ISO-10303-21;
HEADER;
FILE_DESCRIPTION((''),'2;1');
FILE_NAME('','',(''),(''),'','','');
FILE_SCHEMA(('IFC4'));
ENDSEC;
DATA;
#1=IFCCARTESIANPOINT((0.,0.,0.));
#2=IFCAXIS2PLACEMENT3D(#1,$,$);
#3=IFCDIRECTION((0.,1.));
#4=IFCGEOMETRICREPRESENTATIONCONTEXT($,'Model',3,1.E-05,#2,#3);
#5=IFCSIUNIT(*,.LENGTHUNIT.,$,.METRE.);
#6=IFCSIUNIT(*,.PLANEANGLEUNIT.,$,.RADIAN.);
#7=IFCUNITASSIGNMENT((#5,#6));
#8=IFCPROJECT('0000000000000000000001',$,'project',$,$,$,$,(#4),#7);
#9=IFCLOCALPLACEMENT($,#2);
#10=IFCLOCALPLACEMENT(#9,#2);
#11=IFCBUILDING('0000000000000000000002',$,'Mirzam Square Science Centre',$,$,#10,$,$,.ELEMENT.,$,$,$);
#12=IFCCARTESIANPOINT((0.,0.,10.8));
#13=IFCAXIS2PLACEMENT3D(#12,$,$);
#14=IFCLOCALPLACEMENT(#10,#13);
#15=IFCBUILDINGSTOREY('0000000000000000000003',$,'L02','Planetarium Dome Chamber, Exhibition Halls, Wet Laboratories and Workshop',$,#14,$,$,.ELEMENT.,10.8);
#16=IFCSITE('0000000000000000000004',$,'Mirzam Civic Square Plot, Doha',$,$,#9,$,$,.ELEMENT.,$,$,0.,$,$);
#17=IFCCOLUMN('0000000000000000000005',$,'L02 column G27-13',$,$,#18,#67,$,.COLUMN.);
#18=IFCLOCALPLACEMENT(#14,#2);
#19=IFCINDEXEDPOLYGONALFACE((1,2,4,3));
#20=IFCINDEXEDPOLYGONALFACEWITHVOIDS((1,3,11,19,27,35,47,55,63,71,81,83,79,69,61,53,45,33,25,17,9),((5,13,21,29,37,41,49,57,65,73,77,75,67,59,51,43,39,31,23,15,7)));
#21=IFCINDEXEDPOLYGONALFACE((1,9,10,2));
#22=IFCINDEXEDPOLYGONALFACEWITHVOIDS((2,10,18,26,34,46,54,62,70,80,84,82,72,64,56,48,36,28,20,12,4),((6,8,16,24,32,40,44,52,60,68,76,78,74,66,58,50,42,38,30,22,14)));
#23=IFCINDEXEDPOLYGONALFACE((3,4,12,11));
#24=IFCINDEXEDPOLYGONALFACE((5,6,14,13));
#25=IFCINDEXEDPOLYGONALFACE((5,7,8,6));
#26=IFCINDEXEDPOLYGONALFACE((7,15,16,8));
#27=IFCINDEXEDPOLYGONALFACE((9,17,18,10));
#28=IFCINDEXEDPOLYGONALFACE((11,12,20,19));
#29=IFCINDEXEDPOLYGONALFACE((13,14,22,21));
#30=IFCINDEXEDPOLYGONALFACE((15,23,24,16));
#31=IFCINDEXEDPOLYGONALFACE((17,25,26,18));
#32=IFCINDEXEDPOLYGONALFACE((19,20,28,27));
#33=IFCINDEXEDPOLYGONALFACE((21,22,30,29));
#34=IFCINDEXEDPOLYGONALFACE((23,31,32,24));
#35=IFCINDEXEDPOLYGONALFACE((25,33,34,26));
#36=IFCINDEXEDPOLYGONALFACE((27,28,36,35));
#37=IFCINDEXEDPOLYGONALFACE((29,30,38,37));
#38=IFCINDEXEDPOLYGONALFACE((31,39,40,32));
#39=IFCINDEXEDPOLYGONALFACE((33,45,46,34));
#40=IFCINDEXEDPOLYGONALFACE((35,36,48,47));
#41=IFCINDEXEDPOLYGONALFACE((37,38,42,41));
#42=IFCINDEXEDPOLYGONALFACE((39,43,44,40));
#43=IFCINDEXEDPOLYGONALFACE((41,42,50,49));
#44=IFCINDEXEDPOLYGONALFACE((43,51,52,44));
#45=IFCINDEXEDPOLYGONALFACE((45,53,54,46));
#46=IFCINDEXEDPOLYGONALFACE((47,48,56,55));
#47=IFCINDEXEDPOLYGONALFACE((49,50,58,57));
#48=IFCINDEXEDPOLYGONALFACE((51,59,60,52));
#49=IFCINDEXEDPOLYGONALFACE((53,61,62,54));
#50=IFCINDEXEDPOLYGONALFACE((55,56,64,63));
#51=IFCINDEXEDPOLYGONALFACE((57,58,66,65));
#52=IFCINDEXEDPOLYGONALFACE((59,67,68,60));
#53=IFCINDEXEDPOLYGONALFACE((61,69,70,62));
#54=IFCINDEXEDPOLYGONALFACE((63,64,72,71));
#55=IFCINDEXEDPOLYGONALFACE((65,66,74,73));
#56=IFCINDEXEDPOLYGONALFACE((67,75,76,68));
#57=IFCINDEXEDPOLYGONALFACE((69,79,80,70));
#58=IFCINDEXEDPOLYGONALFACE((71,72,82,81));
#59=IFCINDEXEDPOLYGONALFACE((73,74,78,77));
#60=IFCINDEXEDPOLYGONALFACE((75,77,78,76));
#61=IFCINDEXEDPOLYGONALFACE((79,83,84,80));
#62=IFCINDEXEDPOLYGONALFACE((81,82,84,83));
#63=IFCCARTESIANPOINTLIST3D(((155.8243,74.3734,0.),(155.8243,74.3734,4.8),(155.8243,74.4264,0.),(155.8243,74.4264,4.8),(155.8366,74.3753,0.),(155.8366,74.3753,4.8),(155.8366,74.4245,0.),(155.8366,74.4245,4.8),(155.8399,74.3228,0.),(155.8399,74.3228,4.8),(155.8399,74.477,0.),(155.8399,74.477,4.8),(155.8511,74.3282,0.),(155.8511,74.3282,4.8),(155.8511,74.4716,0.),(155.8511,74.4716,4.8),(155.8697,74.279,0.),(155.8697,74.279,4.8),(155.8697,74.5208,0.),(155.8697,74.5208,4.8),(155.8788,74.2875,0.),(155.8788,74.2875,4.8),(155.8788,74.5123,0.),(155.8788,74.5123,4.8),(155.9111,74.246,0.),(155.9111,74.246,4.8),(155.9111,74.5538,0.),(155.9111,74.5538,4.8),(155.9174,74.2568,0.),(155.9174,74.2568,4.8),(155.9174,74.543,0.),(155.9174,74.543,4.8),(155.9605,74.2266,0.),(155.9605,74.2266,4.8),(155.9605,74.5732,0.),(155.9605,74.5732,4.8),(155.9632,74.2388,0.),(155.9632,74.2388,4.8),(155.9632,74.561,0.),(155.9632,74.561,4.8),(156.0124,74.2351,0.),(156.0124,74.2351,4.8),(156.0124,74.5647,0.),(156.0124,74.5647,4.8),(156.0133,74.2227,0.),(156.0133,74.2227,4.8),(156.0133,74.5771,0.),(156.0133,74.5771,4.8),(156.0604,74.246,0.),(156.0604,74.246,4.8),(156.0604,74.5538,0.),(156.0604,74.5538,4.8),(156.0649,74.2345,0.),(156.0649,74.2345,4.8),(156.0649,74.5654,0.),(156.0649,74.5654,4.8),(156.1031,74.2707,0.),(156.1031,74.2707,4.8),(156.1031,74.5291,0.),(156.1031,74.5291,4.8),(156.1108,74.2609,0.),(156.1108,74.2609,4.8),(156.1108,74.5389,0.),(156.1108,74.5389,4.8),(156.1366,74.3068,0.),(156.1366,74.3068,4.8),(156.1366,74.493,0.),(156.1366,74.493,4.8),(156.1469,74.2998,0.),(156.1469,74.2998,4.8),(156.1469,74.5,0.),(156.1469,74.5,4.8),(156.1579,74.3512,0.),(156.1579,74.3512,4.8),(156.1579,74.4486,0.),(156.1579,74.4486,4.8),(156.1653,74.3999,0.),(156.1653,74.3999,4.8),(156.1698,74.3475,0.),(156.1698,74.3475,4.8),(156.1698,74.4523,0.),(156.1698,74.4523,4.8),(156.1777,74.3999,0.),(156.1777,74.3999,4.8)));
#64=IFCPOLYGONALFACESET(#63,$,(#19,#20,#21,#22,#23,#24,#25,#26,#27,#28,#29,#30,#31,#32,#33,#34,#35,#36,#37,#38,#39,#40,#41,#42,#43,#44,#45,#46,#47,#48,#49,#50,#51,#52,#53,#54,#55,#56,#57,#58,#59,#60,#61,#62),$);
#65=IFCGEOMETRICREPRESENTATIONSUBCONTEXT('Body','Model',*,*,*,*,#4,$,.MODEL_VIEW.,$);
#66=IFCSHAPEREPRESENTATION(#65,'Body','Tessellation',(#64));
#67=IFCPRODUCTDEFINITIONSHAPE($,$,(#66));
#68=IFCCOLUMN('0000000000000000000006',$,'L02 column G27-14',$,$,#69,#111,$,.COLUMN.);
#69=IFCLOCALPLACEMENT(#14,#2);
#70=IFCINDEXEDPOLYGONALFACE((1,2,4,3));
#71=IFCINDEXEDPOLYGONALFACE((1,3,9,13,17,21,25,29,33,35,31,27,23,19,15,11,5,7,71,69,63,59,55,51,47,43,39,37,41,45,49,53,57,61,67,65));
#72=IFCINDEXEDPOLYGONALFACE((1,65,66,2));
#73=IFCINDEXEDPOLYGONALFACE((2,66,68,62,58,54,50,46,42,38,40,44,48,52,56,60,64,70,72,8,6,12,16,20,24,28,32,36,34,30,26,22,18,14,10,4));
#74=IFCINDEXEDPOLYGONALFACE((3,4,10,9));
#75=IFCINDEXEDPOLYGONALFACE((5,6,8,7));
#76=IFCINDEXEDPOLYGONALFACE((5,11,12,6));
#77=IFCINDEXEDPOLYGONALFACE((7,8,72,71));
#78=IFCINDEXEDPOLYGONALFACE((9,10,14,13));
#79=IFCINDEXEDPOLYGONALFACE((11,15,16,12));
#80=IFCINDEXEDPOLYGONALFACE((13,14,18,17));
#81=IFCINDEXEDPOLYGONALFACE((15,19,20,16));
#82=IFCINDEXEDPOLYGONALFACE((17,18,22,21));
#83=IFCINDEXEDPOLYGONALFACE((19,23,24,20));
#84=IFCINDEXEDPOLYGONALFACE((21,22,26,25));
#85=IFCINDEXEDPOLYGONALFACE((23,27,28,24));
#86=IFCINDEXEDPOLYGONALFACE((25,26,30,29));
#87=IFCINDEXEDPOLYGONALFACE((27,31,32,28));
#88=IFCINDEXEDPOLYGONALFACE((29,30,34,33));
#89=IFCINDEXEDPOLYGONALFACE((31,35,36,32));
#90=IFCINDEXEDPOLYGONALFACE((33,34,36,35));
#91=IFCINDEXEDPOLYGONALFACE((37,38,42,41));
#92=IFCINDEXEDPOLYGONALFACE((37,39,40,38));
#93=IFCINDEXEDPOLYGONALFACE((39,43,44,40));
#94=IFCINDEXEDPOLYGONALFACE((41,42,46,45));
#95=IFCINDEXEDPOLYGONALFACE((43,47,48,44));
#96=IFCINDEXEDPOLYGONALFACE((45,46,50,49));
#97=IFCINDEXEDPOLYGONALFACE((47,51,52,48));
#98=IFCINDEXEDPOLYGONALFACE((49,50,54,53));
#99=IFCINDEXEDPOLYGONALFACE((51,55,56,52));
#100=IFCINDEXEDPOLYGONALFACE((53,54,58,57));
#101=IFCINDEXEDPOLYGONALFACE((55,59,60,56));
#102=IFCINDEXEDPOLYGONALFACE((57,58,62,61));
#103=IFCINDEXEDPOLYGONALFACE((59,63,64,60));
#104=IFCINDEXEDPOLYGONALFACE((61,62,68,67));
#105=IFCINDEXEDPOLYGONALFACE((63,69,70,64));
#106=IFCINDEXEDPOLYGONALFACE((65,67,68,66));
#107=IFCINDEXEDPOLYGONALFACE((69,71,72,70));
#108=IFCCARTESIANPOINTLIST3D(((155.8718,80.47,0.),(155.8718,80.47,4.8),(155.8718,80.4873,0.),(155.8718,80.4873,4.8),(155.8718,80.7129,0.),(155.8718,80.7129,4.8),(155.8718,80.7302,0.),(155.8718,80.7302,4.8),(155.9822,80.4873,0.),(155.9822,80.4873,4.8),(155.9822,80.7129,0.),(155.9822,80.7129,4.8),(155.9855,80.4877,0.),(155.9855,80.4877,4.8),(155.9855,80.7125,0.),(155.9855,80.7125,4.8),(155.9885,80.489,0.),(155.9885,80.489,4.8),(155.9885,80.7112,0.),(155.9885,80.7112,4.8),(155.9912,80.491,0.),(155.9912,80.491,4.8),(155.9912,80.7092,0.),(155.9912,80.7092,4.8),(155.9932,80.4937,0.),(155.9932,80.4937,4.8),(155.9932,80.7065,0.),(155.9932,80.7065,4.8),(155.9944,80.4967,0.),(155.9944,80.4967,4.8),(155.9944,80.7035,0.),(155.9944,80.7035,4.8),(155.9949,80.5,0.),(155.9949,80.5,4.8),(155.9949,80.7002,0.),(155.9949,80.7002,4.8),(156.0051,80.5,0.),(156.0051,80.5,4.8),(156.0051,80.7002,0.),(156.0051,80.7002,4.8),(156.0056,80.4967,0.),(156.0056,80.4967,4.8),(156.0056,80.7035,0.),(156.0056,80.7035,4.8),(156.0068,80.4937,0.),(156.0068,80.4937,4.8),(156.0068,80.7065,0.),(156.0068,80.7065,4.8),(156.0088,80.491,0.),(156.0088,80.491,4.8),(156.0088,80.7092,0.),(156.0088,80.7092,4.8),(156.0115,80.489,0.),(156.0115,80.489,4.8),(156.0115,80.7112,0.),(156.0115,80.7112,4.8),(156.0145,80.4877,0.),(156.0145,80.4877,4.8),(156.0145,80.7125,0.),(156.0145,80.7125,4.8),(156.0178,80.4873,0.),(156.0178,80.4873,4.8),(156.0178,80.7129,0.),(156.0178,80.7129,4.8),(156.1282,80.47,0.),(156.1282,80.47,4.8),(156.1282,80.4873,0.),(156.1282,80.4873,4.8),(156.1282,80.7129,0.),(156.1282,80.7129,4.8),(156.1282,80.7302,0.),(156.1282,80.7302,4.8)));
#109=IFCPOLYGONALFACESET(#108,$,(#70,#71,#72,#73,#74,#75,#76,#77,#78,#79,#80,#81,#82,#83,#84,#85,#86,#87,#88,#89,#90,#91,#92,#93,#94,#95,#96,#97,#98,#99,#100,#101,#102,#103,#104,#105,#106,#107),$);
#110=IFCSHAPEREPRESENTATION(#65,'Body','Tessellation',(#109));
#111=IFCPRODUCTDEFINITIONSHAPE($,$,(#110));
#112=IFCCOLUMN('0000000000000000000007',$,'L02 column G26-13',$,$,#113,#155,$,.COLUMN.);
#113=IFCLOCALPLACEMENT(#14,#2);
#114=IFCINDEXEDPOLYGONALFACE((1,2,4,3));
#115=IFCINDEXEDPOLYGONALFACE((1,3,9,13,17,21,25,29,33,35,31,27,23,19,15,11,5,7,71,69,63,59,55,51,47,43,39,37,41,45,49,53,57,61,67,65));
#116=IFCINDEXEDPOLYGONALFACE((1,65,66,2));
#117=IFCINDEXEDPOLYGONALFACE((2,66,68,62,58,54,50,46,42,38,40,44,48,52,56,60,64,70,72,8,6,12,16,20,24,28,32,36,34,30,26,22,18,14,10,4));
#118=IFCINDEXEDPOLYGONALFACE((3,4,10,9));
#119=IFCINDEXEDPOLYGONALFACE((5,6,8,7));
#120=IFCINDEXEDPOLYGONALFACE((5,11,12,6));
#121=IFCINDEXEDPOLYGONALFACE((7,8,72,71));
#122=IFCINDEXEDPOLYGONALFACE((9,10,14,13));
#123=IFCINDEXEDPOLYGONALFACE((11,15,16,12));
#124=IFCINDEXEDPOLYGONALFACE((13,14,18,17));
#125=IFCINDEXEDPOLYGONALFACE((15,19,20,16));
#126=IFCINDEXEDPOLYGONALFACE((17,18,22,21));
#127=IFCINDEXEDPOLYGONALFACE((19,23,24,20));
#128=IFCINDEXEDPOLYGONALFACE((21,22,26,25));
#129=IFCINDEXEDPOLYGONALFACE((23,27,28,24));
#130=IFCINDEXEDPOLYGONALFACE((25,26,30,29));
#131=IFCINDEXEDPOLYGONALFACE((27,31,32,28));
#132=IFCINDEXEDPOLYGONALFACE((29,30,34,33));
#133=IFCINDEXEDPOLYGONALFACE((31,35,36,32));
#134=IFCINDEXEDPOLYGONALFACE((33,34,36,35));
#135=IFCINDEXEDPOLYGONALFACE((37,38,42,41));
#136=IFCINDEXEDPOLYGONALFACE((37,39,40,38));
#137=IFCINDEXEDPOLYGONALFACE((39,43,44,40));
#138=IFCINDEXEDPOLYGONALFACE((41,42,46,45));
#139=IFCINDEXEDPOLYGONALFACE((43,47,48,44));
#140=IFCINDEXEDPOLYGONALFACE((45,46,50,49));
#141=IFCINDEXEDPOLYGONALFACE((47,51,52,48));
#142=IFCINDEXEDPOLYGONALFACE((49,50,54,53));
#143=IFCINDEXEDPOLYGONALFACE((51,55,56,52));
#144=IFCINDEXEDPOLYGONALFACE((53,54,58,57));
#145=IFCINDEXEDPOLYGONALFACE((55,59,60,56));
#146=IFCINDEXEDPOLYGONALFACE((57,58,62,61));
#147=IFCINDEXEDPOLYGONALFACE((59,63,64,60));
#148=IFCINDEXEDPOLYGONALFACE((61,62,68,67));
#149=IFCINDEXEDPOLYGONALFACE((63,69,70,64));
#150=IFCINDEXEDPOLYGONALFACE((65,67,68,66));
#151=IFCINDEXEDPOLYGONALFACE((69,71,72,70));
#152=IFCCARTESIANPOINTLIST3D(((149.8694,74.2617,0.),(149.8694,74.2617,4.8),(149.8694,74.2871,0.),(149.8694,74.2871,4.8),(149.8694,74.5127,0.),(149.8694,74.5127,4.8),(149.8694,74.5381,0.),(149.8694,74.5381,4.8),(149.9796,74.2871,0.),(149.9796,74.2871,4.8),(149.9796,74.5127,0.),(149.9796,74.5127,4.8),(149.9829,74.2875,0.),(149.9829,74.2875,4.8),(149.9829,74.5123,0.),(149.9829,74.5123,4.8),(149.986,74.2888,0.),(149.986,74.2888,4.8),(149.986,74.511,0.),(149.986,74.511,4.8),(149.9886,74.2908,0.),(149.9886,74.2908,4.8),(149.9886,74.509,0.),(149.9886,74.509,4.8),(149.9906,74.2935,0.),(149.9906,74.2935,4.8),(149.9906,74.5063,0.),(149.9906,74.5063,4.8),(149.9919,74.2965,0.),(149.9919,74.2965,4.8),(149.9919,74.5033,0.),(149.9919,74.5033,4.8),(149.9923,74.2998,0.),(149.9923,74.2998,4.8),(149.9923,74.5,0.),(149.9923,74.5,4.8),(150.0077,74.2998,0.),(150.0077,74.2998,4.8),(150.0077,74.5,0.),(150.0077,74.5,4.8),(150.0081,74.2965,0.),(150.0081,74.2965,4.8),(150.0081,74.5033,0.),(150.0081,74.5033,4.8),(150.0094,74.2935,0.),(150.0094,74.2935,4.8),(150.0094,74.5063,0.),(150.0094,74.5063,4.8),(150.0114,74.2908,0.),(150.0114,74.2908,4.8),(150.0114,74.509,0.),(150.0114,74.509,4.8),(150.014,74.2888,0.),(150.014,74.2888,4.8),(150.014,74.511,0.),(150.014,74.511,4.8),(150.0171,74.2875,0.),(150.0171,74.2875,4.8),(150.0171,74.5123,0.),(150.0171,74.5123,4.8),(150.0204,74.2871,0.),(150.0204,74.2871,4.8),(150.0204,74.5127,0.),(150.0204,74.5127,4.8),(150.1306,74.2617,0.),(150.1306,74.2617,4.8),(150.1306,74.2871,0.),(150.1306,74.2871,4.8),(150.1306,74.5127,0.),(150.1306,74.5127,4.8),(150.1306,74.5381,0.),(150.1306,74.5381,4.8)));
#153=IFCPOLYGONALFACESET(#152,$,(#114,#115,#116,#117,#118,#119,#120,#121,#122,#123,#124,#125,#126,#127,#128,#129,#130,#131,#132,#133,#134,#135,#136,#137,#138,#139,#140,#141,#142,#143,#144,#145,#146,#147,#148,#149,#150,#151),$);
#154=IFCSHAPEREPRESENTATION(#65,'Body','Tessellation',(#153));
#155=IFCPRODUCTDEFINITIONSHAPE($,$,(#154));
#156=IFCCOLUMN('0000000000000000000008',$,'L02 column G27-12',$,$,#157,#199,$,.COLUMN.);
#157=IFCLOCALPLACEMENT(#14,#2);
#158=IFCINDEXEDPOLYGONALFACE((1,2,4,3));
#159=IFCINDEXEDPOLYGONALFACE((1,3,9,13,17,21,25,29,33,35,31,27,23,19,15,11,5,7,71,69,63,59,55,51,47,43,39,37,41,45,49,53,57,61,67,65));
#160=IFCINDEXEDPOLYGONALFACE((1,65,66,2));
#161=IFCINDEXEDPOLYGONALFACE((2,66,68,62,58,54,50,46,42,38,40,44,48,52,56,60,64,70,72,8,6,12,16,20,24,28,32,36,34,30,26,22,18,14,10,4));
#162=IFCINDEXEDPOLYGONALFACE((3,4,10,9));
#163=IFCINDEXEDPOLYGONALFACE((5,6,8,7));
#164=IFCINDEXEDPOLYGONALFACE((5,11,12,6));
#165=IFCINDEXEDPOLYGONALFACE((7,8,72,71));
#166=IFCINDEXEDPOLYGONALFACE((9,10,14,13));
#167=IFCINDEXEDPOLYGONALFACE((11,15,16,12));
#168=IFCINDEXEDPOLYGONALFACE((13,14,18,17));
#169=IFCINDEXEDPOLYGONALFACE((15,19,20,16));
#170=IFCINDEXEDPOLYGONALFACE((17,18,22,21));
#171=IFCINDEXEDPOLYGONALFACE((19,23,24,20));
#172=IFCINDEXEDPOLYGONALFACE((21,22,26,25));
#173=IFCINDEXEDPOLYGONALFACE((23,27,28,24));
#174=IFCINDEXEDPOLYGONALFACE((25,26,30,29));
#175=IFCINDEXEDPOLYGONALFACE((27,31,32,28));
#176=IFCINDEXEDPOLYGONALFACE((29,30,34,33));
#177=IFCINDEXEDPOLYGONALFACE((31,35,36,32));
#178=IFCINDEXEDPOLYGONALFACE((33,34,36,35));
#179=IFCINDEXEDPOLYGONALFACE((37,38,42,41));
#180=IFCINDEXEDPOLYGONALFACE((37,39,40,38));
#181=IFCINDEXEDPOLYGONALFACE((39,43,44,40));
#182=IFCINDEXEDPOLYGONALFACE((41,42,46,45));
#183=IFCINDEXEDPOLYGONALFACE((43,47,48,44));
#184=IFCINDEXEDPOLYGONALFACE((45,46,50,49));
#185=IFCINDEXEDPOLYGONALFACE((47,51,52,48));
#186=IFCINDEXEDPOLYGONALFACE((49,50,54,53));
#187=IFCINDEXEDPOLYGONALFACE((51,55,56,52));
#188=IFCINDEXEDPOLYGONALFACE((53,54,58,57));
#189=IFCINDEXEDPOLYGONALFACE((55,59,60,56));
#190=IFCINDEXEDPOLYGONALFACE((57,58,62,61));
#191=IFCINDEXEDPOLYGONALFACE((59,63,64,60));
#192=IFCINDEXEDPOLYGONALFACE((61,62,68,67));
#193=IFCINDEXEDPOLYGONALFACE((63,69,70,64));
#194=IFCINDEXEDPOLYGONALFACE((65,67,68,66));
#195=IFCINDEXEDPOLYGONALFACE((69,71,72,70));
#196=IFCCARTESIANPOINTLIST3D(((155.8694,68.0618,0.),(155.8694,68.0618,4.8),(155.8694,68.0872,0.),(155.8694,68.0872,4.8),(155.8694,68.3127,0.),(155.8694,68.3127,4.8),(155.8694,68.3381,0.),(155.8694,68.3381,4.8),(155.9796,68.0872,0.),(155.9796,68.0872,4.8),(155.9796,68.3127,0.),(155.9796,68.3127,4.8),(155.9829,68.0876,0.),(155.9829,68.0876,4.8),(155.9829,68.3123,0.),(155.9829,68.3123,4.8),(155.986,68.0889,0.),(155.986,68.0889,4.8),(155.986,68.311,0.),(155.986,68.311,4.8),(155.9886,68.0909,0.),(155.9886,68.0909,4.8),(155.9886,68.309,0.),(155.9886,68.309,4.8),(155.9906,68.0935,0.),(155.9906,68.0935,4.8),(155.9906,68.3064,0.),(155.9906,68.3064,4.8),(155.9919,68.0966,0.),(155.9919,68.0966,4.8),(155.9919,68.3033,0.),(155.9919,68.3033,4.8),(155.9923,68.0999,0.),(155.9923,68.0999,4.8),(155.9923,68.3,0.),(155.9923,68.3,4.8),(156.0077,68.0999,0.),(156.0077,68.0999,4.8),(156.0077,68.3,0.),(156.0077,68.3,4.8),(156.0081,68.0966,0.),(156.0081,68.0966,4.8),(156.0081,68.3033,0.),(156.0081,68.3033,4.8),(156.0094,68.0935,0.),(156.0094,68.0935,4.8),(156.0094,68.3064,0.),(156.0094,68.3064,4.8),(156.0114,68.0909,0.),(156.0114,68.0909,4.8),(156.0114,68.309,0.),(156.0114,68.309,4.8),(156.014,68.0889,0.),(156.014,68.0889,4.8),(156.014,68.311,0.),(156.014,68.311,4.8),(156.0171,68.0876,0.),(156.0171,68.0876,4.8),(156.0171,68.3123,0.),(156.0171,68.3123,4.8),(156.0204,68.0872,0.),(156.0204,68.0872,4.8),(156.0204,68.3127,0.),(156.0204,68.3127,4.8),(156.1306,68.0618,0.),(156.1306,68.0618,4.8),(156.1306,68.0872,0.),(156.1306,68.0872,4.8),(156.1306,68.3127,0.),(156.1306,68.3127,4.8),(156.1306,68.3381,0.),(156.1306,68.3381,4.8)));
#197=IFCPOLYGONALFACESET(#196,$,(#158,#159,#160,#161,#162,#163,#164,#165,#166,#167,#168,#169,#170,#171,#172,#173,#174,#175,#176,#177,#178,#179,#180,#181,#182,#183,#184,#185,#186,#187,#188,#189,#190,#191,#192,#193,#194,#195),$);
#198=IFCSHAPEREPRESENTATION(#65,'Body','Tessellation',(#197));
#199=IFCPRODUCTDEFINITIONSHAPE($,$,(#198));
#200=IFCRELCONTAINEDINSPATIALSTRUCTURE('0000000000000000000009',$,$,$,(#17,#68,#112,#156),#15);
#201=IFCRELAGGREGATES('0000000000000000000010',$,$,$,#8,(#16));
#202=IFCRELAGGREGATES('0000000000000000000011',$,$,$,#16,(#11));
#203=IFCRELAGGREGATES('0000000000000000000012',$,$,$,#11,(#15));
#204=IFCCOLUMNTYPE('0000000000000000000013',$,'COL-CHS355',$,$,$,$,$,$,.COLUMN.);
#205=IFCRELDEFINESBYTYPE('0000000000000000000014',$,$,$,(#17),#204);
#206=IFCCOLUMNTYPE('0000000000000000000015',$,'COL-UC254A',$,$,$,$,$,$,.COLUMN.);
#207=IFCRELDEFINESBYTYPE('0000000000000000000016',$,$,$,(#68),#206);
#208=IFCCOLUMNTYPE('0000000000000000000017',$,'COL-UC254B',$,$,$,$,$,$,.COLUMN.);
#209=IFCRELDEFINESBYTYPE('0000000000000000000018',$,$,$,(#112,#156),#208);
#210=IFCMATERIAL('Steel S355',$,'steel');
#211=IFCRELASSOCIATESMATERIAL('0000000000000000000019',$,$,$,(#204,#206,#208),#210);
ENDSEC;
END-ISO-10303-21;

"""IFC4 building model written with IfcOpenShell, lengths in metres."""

from ifc_helpers import new_model, si_unit, direction, frame, origin, origin_2d, place, context, subcontext, project, spatial, hollow_circle, i_section, extrude, material, material_profile, profile_set, type_object, element, save


model = new_model("IFC4")

# Units and contexts
model_context = context("Model", 3, precision=1e-05, world=origin(), true_north=direction((0.0, 1.0)))
body_context = subcontext(model_context, "Body", "Model", "MODEL_VIEW")
ifc_project = project(units=[si_unit("LENGTHUNIT", "METRE"), si_unit("PLANEANGLEUNIT", "RADIAN")], contexts=[model_context])

# Site, building, storey
site_placement = place(None, origin())
site = spatial("IfcSite", under=ifc_project, at=site_placement, Name="Mirzam Civic Square Plot, Doha", CompositionType="ELEMENT", RefElevation=0.0)
building_placement = place(site_placement, origin())
building = spatial("IfcBuilding", under=site, at=building_placement, Name="Mirzam Square Science Centre", CompositionType="ELEMENT")
storey_placement = place(building_placement, frame((0.0, 0.0, 10.8)))
storey = spatial("IfcBuildingStorey", under=building, at=storey_placement, Name="L02", Description="Planetarium Dome Chamber, Exhibition Halls, Wet Laboratories and Workshop", CompositionType="ELEMENT", Elevation=10.8)

# Columns
ifc_material_1 = material(Name="Steel S355", Category="steel")
ifc_material_profile_1 = material_profile(ifc_material_1, hollow_circle(Radius=0.1777, WallThickness=0.0125, at=origin_2d()), Name="355.6x12.5CHS")
ifc_profile_set_1 = profile_set([ifc_material_profile_1], Name="Steel S355")
column_type_1 = type_object("IfcColumnType", Name="COL-CHS355", PredefinedType="COLUMN", material=ifc_profile_set_1)
for number, where, z_axis, x_axis, name in (
    (1, (156.0, 74.3999, 0.0), (0.0, 0.0, 1.0), (1.0, 0.0, 0.0), "L02 column G27-13"),
):
    element("IfcColumn", number, at=place(storey_placement, frame(where, z_axis=z_axis, x_axis=x_axis)), inside=storey, type_object=column_type_1, Name=name, PredefinedType="COLUMN", context=body_context, shape_type="SweptSolid", body=[
        extrude(hollow_circle(Radius=0.1777, WallThickness=0.0125, at=origin_2d()), origin(), (0.0, 0.0, 1.0), 4.8),
    ])
ifc_material_profile_2 = material_profile(ifc_material_1, i_section(OverallWidth=0.2563, OverallDepth=0.2603, WebThickness=0.0103, FlangeThickness=0.0173, FilletRadius=0.0127, at=origin_2d()), Name="254x254x89UC")
ifc_profile_set_2 = profile_set([ifc_material_profile_2], Name="Steel S355")
column_type_2 = type_object("IfcColumnType", Name="COL-UC254A", PredefinedType="COLUMN", material=ifc_profile_set_2)
column_1_placement = place(storey_placement, frame((156.0, 80.6001, 0.0), z_axis=(0.0, 0.0, 1.0), x_axis=(1.0, 0.0, 0.0)))
element("IfcColumn", 2, at=column_1_placement, inside=storey, type_object=column_type_2, Name="L02 column G27-14", PredefinedType="COLUMN", context=body_context, shape_type="SweptSolid", body=[
    extrude(i_section(OverallWidth=0.2563, OverallDepth=0.2603, WebThickness=0.0103, FlangeThickness=0.0173, FilletRadius=0.0127, at=origin_2d()), origin(), (0.0, 0.0, 1.0), 4.8),
])
ifc_material_profile_3 = material_profile(ifc_material_1, i_section(OverallWidth=0.2612, OverallDepth=0.2764, WebThickness=0.0154, FlangeThickness=0.0254, FilletRadius=0.0127, at=origin_2d()), Name="254x254x132UC")
ifc_profile_set_3 = profile_set([ifc_material_profile_3], Name="Steel S355")
column_type_3 = type_object("IfcColumnType", Name="COL-UC254B", PredefinedType="COLUMN", material=ifc_profile_set_3)
for number, where, z_axis, x_axis, name in (
    (3, (150.0, 74.3999, 0.0), (0.0, 0.0, 1.0), (1.0, 0.0, 0.0), "L02 column G26-13"),
    (4, (156.0, 68.2, 0.0), (0.0, 0.0, 1.0), (1.0, 0.0, 0.0), "L02 column G27-12"),
):
    element("IfcColumn", number, at=place(storey_placement, frame(where, z_axis=z_axis, x_axis=x_axis)), inside=storey, type_object=column_type_3, Name=name, PredefinedType="COLUMN", context=body_context, shape_type="SweptSolid", body=[
        extrude(i_section(OverallWidth=0.2612, OverallDepth=0.2764, WebThickness=0.0154, FlangeThickness=0.0254, FilletRadius=0.0127, at=origin_2d()), origin(), (0.0, 0.0, 1.0), 4.8),
    ])

save(model, "model.ifc")
